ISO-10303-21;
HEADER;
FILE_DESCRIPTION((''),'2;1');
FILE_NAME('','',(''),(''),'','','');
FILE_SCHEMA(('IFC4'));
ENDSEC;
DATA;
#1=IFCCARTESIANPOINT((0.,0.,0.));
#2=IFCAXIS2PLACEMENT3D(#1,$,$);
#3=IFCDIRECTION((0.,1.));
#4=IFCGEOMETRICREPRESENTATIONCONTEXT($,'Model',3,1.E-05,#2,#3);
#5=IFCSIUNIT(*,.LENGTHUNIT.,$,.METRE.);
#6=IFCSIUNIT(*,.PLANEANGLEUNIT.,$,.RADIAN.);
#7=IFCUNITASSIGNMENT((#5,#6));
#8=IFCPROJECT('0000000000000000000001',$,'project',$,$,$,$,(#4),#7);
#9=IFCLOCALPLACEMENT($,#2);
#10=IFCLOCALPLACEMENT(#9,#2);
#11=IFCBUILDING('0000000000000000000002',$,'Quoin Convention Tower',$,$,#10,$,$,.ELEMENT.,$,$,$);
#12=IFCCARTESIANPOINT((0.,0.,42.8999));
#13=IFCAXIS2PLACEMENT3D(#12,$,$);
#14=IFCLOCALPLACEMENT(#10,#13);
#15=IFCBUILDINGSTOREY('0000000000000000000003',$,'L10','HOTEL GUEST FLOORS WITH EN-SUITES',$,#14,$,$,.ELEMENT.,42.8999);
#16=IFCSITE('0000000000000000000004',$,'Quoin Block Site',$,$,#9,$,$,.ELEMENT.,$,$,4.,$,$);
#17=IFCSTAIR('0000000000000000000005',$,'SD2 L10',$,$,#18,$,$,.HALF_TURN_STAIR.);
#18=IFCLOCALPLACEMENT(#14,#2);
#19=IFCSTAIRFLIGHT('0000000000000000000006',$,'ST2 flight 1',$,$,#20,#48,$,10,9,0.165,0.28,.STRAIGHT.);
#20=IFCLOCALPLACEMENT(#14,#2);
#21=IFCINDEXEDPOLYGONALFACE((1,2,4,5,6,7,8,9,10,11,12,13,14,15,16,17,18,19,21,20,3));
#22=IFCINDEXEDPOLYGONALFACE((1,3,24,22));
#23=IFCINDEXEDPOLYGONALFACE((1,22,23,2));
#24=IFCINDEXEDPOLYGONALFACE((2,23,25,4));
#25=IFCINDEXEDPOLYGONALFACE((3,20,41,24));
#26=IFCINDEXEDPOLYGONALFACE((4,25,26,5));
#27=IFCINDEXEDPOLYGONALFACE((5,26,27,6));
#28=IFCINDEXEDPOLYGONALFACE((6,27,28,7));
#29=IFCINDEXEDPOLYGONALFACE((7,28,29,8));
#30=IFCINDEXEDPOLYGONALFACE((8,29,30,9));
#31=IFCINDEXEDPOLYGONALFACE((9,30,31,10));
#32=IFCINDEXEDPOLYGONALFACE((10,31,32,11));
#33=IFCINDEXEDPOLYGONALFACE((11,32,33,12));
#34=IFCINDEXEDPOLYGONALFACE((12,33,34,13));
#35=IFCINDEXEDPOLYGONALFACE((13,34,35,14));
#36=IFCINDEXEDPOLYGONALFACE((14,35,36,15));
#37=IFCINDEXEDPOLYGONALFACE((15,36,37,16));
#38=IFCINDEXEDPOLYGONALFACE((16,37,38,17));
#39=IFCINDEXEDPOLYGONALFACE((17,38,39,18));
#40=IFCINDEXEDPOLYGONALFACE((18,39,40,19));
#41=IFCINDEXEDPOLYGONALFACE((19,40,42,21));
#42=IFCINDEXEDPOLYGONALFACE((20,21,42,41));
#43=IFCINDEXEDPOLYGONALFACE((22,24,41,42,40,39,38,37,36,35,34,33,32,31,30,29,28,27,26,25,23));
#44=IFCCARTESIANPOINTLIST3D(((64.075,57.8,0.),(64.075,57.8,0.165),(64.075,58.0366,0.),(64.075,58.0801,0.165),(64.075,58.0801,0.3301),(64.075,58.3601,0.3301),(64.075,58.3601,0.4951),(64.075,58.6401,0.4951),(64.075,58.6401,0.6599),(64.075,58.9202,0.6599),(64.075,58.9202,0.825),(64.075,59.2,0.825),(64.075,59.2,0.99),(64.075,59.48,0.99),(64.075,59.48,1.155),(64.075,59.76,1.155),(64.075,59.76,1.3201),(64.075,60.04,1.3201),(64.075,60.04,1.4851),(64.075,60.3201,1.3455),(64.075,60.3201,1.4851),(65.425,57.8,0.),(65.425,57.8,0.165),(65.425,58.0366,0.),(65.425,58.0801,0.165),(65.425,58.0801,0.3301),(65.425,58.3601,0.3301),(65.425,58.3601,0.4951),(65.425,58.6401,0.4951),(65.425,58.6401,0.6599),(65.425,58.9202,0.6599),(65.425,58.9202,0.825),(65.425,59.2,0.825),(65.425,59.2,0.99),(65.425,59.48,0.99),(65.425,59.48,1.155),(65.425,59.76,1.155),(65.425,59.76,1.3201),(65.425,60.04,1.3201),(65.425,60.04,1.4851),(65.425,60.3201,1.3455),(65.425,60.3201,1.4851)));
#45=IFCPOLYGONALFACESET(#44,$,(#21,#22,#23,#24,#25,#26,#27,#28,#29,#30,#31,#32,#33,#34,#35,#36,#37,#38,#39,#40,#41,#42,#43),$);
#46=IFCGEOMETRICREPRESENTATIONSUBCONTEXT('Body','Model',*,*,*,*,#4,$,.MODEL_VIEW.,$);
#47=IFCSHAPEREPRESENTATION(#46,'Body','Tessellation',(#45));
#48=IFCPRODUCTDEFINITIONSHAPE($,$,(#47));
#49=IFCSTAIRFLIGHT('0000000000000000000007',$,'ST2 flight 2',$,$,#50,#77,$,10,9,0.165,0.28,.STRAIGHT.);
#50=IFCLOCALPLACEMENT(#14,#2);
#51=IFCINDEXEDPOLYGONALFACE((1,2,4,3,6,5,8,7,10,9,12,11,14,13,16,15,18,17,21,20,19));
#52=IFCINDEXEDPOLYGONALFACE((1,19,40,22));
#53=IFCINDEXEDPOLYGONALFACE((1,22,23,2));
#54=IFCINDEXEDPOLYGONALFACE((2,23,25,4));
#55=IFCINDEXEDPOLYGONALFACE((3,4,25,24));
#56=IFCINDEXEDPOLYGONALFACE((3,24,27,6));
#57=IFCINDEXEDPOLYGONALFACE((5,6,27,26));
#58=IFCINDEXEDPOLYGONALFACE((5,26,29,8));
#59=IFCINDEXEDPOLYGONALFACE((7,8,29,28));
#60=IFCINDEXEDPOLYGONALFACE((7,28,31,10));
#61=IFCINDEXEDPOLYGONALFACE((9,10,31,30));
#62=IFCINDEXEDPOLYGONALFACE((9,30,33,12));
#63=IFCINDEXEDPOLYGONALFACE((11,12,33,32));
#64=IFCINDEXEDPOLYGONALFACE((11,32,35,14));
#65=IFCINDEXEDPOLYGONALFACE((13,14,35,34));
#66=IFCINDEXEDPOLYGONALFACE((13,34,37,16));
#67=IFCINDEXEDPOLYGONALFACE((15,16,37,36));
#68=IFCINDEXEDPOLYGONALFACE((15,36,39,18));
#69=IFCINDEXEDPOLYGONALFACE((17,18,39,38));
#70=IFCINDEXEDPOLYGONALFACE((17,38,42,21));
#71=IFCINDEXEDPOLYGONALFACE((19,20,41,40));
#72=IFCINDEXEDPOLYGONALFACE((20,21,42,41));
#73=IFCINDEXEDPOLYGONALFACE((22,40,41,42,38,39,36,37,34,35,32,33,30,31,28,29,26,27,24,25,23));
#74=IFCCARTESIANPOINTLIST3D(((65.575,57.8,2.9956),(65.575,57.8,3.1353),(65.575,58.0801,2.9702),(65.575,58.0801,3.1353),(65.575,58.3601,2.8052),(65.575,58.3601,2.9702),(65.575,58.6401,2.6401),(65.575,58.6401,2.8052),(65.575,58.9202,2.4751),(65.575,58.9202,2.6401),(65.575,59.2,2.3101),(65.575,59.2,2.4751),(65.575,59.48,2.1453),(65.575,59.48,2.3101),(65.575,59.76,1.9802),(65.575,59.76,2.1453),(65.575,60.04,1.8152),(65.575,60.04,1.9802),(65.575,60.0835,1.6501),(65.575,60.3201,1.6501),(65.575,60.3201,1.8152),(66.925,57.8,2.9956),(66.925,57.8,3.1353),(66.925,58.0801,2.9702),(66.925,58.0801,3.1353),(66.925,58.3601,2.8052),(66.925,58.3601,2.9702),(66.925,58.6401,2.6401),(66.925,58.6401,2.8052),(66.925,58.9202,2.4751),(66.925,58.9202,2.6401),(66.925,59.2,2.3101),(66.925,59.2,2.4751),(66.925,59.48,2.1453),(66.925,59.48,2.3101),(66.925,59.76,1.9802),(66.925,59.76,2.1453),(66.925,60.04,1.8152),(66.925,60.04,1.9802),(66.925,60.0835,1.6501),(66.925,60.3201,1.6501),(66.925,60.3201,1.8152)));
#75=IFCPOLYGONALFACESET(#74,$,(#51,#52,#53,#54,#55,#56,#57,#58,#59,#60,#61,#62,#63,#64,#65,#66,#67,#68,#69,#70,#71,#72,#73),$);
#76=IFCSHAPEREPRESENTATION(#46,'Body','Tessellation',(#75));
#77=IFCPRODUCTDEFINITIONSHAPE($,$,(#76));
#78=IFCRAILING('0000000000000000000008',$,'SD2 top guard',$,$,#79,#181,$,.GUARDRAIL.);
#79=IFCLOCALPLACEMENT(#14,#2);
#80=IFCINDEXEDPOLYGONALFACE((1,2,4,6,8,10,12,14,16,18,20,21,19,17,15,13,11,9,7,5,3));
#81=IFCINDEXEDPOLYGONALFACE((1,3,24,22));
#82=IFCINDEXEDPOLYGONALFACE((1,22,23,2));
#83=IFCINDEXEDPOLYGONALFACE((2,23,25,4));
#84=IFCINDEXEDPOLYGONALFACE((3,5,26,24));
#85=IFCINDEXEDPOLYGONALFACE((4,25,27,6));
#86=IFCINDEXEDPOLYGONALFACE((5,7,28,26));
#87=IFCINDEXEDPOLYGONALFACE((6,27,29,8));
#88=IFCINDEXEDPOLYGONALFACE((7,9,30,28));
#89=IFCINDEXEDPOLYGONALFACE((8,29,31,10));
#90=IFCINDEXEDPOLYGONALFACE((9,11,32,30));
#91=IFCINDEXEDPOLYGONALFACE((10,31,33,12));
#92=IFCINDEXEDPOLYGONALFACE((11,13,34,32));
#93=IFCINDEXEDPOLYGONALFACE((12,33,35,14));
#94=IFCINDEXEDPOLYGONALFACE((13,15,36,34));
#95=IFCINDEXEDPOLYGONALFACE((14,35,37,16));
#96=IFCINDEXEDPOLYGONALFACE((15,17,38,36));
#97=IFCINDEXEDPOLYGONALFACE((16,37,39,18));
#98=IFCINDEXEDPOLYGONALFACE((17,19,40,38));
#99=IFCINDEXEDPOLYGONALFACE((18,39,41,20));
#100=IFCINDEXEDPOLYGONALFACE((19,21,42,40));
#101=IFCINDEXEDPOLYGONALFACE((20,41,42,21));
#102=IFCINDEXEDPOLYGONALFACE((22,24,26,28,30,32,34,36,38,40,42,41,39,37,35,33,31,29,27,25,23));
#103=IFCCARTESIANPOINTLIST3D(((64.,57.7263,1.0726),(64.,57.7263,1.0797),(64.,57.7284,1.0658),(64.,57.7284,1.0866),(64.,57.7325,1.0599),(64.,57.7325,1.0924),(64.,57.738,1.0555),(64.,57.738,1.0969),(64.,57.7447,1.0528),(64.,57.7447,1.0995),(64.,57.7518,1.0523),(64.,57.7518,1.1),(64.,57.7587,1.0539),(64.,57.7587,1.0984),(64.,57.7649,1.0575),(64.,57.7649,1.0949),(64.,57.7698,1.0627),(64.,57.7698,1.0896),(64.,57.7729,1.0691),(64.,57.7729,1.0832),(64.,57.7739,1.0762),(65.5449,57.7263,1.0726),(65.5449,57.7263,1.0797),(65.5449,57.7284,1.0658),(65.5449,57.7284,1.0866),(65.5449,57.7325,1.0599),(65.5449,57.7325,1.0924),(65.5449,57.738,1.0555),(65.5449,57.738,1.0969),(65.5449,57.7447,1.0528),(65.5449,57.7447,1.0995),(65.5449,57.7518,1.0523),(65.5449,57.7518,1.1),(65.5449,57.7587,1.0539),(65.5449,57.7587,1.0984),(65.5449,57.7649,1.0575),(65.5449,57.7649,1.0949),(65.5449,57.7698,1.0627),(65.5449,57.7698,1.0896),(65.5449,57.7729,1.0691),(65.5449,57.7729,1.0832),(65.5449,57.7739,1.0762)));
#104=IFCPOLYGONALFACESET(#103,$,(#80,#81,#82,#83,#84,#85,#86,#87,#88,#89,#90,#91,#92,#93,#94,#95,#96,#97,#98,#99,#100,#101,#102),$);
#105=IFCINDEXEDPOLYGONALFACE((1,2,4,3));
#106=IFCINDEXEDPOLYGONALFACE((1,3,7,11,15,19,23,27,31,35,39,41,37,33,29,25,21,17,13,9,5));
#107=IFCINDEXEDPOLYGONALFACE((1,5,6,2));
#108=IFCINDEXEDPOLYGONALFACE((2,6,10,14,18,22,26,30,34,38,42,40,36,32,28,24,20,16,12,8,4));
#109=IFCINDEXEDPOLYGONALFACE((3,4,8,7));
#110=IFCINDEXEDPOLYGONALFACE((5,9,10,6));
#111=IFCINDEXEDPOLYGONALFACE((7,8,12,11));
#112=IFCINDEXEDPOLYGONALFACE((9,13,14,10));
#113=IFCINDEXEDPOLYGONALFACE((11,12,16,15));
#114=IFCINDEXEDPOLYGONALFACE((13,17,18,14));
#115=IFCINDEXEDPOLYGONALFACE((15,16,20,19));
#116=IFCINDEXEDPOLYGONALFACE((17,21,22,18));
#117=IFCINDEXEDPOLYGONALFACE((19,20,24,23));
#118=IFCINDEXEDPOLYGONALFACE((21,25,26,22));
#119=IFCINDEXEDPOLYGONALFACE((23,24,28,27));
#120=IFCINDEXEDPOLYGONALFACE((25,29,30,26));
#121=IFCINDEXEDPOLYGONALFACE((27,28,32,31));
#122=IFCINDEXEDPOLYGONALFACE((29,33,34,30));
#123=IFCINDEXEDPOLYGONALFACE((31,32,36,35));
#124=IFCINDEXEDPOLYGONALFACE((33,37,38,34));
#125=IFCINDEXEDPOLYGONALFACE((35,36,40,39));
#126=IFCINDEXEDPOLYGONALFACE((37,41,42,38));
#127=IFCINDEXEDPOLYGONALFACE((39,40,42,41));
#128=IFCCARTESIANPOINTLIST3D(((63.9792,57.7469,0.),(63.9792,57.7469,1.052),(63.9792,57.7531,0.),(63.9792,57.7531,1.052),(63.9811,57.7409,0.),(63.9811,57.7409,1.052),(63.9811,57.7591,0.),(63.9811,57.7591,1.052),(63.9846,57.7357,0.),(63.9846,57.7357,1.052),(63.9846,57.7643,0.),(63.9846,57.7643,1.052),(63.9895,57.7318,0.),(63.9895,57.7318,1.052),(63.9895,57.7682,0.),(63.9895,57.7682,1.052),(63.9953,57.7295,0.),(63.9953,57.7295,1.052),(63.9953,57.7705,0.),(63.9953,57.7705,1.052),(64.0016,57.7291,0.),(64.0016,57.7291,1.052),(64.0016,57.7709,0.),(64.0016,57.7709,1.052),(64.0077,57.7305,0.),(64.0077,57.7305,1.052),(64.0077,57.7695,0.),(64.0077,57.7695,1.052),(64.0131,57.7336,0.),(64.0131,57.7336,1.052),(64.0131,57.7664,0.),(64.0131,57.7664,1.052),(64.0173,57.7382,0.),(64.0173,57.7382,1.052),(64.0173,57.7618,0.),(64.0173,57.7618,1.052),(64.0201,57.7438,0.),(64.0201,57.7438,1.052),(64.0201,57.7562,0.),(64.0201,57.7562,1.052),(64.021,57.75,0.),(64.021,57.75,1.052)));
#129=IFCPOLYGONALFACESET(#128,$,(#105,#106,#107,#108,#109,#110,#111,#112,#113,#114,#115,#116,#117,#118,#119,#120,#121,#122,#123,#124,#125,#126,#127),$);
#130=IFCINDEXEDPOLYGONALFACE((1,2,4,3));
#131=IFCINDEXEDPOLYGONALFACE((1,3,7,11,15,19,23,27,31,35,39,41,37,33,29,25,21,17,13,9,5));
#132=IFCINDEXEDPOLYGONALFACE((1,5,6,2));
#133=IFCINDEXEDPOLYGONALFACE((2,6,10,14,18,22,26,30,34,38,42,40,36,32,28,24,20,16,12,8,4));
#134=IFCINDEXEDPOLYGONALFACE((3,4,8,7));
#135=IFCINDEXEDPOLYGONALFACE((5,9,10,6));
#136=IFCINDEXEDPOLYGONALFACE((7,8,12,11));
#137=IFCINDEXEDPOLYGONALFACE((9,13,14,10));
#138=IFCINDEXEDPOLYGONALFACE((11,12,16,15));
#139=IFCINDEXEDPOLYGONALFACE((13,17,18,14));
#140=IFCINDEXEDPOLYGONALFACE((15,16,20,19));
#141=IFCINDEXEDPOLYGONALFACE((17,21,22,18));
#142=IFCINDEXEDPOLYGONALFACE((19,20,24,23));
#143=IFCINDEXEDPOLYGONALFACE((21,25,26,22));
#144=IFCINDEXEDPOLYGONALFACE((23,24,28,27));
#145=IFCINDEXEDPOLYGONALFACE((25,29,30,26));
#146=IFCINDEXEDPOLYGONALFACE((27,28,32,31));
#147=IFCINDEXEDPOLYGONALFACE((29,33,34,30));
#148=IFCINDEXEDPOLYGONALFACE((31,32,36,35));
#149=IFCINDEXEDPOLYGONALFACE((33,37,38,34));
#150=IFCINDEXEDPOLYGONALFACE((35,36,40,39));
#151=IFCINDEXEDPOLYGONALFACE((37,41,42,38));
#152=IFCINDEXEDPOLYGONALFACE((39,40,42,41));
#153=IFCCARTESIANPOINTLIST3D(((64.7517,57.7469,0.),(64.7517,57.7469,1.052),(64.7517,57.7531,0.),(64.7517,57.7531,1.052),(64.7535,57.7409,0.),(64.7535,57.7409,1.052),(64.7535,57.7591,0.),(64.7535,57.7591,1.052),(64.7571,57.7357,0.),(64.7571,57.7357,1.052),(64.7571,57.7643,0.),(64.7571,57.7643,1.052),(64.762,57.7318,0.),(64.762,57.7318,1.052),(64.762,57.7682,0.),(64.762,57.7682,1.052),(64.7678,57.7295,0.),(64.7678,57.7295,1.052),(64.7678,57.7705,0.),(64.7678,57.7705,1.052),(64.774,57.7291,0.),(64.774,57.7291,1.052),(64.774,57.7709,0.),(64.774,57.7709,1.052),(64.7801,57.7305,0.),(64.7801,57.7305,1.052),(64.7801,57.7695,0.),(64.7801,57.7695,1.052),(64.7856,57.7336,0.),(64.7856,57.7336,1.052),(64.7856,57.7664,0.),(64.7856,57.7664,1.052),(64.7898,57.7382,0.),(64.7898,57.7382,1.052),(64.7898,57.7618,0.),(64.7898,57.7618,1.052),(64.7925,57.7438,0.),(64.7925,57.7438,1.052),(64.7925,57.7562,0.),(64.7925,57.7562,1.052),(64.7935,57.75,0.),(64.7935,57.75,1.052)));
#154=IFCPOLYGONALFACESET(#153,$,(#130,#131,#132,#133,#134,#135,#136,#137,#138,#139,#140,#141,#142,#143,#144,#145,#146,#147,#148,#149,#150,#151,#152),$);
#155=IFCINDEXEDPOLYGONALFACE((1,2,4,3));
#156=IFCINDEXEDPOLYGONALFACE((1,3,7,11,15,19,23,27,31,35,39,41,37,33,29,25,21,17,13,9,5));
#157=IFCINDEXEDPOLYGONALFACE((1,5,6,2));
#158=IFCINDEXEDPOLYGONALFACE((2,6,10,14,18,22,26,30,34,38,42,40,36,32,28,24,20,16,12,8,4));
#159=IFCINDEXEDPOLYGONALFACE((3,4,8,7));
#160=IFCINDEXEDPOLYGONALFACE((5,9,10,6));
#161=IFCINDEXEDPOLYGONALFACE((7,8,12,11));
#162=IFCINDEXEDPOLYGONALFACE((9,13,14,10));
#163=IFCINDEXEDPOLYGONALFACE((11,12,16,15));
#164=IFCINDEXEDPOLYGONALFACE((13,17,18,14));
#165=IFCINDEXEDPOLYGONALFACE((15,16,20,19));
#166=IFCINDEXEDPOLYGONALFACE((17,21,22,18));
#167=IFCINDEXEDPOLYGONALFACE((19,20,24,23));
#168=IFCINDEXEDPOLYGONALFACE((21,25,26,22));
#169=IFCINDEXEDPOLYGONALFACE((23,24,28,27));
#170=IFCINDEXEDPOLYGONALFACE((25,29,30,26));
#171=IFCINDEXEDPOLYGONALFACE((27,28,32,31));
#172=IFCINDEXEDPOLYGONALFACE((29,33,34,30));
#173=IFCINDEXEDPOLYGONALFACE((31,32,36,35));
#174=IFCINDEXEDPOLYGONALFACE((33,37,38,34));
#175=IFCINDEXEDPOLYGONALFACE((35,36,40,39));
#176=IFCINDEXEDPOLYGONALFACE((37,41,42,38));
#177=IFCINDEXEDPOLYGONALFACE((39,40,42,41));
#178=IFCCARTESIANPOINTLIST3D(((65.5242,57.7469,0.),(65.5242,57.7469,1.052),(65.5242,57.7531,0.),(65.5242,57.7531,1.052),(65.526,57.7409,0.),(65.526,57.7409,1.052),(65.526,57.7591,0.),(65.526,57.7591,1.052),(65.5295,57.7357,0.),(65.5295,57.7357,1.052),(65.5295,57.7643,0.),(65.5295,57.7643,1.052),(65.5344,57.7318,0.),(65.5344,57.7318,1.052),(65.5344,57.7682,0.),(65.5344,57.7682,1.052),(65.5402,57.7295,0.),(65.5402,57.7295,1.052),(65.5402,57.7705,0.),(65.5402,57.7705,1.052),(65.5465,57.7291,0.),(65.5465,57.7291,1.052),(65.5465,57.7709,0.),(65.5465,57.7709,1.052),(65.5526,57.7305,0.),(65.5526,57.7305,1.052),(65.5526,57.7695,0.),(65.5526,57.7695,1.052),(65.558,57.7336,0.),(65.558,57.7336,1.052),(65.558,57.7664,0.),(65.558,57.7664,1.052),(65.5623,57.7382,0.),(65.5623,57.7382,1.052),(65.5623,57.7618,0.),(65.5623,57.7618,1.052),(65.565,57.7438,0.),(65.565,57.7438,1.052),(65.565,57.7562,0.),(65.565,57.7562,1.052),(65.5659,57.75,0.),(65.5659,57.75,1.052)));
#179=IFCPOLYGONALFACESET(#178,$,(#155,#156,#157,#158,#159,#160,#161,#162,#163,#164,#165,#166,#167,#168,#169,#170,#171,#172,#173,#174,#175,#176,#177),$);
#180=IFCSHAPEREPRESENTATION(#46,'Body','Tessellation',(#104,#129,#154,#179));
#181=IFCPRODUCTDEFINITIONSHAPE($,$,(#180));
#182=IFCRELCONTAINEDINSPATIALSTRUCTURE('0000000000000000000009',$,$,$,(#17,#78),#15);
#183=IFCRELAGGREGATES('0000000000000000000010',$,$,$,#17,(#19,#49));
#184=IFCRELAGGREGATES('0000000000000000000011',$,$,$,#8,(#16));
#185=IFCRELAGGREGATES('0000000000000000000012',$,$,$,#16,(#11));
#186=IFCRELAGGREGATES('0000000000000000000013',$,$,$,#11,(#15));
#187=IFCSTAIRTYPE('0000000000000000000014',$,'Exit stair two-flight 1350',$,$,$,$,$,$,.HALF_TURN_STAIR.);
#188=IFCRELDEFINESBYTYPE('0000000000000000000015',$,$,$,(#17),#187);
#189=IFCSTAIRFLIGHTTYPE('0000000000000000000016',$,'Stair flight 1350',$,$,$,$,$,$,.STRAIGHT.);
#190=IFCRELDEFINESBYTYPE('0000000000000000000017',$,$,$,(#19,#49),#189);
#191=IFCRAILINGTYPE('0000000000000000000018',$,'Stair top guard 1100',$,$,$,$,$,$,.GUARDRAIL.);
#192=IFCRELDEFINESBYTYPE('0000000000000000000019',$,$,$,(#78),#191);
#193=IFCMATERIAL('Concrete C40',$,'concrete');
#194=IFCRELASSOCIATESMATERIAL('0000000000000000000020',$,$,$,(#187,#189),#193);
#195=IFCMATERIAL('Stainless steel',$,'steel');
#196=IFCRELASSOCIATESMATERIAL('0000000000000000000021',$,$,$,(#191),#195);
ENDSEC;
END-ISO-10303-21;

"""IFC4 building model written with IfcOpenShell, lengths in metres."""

from ifc_helpers import new_model, si_unit, direction, frame, origin, origin_2d, place, context, subcontext, project, spatial, polyline, circle, outline, extrude, material, type_object, element, aggregate, save


model = new_model("IFC4")

# Units and contexts
model_context = context("Model", 3, precision=1e-05, world=origin(), true_north=direction((0.0, 1.0)))
body_context = subcontext(model_context, "Body", "Model", "MODEL_VIEW")
ifc_project = project(units=[si_unit("LENGTHUNIT", "METRE"), si_unit("PLANEANGLEUNIT", "RADIAN")], contexts=[model_context])

# Site, building, storey
site_placement = place(None, origin())
site = spatial("IfcSite", under=ifc_project, at=site_placement, Name="Quoin Block Site", CompositionType="ELEMENT", RefElevation=4.0)
building_placement = place(site_placement, origin())
building = spatial("IfcBuilding", under=site, at=building_placement, Name="Quoin Convention Tower", CompositionType="ELEMENT")
storey_placement = place(building_placement, frame((0.0, 0.0, 42.8999)))
storey = spatial("IfcBuildingStorey", under=building, at=storey_placement, Name="L10", Description="HOTEL GUEST FLOORS WITH EN-SUITES", CompositionType="ELEMENT", Elevation=42.8999)

# Stair, stair flights
ifc_material_1 = material(Name="Concrete C40", Category="concrete")
stair_type = type_object("IfcStairType", Name="Exit stair two-flight 1350", PredefinedType="HALF_TURN_STAIR", material=ifc_material_1)
stair_placement = place(storey_placement, origin())
stair = element("IfcStair", 1, at=stair_placement, inside=storey, type_object=stair_type, Name="SD2 L10", PredefinedType="HALF_TURN_STAIR")
stair_flight_type = type_object("IfcStairFlightType", Name="Stair flight 1350", PredefinedType="STRAIGHT", material=ifc_material_1)
stair_flight_1_placement = place(storey_placement, frame((64.75, 57.8, 0.0), z_axis=(0.0, 0.0, 1.0), x_axis=(0.0, 1.0, 0.0)))
stair_flight_1 = element("IfcStairFlight", 2, at=stair_flight_1_placement, type_object=stair_flight_type, Name="ST2 flight 1", NumberOfRisers=10, NumberOfTreads=9, PredefinedType="STRAIGHT", RiserHeight=0.165, TreadLength=0.28, context=body_context, shape_type="SweptSolid", body=[
    extrude(outline(polyline([(0.0, 0.0), (0.0, 0.165), (0.28, 0.165), (0.28, 0.3301), (0.5601, 0.3301), (0.5601, 0.4951), (0.8401, 0.4951), (0.8401, 0.6599), (1.1201, 0.6599), (1.1201, 0.825), (1.3999, 0.825), (1.3999, 0.99), (1.6799, 0.99), (1.6799, 1.155), (1.96, 1.155), (1.96, 1.3201), (2.24, 1.3201), (2.24, 1.4851), (2.52, 1.4851), (2.52, 1.6499), (2.52, 1.3455), (0.2366, 0.0), (0.0, 0.0)])), frame((0.0, 0.675, 0.0), z_axis=(0.0, -1.0, 0.0), x_axis=(1.0, 0.0, 0.0)), (0.0, 0.0, 1.0), 1.3501),
])
stair_flight_2_placement = place(storey_placement, frame((66.25, 60.3201, 1.6501), z_axis=(0.0, 0.0, 1.0), x_axis=(0.0, -1.0, 0.0)))
stair_flight_2 = element("IfcStairFlight", 3, at=stair_flight_2_placement, type_object=stair_flight_type, Name="ST2 flight 2", NumberOfRisers=10, NumberOfTreads=9, PredefinedType="STRAIGHT", RiserHeight=0.165, TreadLength=0.28, context=body_context, shape_type="SweptSolid", body=[
    extrude(outline(polyline([(0.0, 0.0), (0.0, 0.165), (0.28, 0.165), (0.28, 0.3301), (0.5601, 0.3301), (0.5601, 0.4951), (0.8401, 0.4951), (0.8401, 0.6599), (1.1201, 0.6599), (1.1201, 0.825), (1.3999, 0.825), (1.3999, 0.99), (1.6799, 0.99), (1.6799, 1.155), (1.96, 1.155), (1.96, 1.3201), (2.24, 1.3201), (2.24, 1.4851), (2.52, 1.4851), (2.52, 1.6499), (2.52, 1.3455), (0.2366, 0.0), (0.0, 0.0)])), frame((0.0, 0.675, 0.0), z_axis=(0.0, -1.0, 0.0), x_axis=(1.0, 0.0, 0.0)), (0.0, 0.0, 1.0), 1.3501),
])
aggregate(stair, [stair_flight_1, stair_flight_2])

# Railing
ifc_material_2 = material(Name="Stainless steel", Category="steel")
railing_type_1 = type_object("IfcRailingType", Name="Stair top guard 1100", PredefinedType="GUARDRAIL", material=ifc_material_2)
railing_1_placement = place(storey_placement, frame((64.0, 57.75, 0.0)))
element("IfcRailing", 4, at=railing_1_placement, inside=storey, type_object=railing_type_1, Name="SD2 top guard", PredefinedType="GUARDRAIL", context=body_context, shape_type="SweptSolid", body=[
    extrude(circle(Radius=0.0239, at=origin_2d()), frame((0.0, 0.0, 1.0762), z_axis=(1.0, 0.0, 0.0), x_axis=(0.0, 1.0, 0.0)), (0.0, 0.0, 1.0), 1.5449),
    extrude(circle(Radius=0.021, at=origin_2d()), origin(), (0.0, 0.0, 1.0), 1.052),
    extrude(circle(Radius=0.021, at=origin_2d()), frame((0.7725, 0.0, 0.0)), (0.0, 0.0, 1.0), 1.052),
    extrude(circle(Radius=0.021, at=origin_2d()), frame((1.5449, 0.0, 0.0)), (0.0, 0.0, 1.0), 1.052),
])

save(model, "model.ifc")
